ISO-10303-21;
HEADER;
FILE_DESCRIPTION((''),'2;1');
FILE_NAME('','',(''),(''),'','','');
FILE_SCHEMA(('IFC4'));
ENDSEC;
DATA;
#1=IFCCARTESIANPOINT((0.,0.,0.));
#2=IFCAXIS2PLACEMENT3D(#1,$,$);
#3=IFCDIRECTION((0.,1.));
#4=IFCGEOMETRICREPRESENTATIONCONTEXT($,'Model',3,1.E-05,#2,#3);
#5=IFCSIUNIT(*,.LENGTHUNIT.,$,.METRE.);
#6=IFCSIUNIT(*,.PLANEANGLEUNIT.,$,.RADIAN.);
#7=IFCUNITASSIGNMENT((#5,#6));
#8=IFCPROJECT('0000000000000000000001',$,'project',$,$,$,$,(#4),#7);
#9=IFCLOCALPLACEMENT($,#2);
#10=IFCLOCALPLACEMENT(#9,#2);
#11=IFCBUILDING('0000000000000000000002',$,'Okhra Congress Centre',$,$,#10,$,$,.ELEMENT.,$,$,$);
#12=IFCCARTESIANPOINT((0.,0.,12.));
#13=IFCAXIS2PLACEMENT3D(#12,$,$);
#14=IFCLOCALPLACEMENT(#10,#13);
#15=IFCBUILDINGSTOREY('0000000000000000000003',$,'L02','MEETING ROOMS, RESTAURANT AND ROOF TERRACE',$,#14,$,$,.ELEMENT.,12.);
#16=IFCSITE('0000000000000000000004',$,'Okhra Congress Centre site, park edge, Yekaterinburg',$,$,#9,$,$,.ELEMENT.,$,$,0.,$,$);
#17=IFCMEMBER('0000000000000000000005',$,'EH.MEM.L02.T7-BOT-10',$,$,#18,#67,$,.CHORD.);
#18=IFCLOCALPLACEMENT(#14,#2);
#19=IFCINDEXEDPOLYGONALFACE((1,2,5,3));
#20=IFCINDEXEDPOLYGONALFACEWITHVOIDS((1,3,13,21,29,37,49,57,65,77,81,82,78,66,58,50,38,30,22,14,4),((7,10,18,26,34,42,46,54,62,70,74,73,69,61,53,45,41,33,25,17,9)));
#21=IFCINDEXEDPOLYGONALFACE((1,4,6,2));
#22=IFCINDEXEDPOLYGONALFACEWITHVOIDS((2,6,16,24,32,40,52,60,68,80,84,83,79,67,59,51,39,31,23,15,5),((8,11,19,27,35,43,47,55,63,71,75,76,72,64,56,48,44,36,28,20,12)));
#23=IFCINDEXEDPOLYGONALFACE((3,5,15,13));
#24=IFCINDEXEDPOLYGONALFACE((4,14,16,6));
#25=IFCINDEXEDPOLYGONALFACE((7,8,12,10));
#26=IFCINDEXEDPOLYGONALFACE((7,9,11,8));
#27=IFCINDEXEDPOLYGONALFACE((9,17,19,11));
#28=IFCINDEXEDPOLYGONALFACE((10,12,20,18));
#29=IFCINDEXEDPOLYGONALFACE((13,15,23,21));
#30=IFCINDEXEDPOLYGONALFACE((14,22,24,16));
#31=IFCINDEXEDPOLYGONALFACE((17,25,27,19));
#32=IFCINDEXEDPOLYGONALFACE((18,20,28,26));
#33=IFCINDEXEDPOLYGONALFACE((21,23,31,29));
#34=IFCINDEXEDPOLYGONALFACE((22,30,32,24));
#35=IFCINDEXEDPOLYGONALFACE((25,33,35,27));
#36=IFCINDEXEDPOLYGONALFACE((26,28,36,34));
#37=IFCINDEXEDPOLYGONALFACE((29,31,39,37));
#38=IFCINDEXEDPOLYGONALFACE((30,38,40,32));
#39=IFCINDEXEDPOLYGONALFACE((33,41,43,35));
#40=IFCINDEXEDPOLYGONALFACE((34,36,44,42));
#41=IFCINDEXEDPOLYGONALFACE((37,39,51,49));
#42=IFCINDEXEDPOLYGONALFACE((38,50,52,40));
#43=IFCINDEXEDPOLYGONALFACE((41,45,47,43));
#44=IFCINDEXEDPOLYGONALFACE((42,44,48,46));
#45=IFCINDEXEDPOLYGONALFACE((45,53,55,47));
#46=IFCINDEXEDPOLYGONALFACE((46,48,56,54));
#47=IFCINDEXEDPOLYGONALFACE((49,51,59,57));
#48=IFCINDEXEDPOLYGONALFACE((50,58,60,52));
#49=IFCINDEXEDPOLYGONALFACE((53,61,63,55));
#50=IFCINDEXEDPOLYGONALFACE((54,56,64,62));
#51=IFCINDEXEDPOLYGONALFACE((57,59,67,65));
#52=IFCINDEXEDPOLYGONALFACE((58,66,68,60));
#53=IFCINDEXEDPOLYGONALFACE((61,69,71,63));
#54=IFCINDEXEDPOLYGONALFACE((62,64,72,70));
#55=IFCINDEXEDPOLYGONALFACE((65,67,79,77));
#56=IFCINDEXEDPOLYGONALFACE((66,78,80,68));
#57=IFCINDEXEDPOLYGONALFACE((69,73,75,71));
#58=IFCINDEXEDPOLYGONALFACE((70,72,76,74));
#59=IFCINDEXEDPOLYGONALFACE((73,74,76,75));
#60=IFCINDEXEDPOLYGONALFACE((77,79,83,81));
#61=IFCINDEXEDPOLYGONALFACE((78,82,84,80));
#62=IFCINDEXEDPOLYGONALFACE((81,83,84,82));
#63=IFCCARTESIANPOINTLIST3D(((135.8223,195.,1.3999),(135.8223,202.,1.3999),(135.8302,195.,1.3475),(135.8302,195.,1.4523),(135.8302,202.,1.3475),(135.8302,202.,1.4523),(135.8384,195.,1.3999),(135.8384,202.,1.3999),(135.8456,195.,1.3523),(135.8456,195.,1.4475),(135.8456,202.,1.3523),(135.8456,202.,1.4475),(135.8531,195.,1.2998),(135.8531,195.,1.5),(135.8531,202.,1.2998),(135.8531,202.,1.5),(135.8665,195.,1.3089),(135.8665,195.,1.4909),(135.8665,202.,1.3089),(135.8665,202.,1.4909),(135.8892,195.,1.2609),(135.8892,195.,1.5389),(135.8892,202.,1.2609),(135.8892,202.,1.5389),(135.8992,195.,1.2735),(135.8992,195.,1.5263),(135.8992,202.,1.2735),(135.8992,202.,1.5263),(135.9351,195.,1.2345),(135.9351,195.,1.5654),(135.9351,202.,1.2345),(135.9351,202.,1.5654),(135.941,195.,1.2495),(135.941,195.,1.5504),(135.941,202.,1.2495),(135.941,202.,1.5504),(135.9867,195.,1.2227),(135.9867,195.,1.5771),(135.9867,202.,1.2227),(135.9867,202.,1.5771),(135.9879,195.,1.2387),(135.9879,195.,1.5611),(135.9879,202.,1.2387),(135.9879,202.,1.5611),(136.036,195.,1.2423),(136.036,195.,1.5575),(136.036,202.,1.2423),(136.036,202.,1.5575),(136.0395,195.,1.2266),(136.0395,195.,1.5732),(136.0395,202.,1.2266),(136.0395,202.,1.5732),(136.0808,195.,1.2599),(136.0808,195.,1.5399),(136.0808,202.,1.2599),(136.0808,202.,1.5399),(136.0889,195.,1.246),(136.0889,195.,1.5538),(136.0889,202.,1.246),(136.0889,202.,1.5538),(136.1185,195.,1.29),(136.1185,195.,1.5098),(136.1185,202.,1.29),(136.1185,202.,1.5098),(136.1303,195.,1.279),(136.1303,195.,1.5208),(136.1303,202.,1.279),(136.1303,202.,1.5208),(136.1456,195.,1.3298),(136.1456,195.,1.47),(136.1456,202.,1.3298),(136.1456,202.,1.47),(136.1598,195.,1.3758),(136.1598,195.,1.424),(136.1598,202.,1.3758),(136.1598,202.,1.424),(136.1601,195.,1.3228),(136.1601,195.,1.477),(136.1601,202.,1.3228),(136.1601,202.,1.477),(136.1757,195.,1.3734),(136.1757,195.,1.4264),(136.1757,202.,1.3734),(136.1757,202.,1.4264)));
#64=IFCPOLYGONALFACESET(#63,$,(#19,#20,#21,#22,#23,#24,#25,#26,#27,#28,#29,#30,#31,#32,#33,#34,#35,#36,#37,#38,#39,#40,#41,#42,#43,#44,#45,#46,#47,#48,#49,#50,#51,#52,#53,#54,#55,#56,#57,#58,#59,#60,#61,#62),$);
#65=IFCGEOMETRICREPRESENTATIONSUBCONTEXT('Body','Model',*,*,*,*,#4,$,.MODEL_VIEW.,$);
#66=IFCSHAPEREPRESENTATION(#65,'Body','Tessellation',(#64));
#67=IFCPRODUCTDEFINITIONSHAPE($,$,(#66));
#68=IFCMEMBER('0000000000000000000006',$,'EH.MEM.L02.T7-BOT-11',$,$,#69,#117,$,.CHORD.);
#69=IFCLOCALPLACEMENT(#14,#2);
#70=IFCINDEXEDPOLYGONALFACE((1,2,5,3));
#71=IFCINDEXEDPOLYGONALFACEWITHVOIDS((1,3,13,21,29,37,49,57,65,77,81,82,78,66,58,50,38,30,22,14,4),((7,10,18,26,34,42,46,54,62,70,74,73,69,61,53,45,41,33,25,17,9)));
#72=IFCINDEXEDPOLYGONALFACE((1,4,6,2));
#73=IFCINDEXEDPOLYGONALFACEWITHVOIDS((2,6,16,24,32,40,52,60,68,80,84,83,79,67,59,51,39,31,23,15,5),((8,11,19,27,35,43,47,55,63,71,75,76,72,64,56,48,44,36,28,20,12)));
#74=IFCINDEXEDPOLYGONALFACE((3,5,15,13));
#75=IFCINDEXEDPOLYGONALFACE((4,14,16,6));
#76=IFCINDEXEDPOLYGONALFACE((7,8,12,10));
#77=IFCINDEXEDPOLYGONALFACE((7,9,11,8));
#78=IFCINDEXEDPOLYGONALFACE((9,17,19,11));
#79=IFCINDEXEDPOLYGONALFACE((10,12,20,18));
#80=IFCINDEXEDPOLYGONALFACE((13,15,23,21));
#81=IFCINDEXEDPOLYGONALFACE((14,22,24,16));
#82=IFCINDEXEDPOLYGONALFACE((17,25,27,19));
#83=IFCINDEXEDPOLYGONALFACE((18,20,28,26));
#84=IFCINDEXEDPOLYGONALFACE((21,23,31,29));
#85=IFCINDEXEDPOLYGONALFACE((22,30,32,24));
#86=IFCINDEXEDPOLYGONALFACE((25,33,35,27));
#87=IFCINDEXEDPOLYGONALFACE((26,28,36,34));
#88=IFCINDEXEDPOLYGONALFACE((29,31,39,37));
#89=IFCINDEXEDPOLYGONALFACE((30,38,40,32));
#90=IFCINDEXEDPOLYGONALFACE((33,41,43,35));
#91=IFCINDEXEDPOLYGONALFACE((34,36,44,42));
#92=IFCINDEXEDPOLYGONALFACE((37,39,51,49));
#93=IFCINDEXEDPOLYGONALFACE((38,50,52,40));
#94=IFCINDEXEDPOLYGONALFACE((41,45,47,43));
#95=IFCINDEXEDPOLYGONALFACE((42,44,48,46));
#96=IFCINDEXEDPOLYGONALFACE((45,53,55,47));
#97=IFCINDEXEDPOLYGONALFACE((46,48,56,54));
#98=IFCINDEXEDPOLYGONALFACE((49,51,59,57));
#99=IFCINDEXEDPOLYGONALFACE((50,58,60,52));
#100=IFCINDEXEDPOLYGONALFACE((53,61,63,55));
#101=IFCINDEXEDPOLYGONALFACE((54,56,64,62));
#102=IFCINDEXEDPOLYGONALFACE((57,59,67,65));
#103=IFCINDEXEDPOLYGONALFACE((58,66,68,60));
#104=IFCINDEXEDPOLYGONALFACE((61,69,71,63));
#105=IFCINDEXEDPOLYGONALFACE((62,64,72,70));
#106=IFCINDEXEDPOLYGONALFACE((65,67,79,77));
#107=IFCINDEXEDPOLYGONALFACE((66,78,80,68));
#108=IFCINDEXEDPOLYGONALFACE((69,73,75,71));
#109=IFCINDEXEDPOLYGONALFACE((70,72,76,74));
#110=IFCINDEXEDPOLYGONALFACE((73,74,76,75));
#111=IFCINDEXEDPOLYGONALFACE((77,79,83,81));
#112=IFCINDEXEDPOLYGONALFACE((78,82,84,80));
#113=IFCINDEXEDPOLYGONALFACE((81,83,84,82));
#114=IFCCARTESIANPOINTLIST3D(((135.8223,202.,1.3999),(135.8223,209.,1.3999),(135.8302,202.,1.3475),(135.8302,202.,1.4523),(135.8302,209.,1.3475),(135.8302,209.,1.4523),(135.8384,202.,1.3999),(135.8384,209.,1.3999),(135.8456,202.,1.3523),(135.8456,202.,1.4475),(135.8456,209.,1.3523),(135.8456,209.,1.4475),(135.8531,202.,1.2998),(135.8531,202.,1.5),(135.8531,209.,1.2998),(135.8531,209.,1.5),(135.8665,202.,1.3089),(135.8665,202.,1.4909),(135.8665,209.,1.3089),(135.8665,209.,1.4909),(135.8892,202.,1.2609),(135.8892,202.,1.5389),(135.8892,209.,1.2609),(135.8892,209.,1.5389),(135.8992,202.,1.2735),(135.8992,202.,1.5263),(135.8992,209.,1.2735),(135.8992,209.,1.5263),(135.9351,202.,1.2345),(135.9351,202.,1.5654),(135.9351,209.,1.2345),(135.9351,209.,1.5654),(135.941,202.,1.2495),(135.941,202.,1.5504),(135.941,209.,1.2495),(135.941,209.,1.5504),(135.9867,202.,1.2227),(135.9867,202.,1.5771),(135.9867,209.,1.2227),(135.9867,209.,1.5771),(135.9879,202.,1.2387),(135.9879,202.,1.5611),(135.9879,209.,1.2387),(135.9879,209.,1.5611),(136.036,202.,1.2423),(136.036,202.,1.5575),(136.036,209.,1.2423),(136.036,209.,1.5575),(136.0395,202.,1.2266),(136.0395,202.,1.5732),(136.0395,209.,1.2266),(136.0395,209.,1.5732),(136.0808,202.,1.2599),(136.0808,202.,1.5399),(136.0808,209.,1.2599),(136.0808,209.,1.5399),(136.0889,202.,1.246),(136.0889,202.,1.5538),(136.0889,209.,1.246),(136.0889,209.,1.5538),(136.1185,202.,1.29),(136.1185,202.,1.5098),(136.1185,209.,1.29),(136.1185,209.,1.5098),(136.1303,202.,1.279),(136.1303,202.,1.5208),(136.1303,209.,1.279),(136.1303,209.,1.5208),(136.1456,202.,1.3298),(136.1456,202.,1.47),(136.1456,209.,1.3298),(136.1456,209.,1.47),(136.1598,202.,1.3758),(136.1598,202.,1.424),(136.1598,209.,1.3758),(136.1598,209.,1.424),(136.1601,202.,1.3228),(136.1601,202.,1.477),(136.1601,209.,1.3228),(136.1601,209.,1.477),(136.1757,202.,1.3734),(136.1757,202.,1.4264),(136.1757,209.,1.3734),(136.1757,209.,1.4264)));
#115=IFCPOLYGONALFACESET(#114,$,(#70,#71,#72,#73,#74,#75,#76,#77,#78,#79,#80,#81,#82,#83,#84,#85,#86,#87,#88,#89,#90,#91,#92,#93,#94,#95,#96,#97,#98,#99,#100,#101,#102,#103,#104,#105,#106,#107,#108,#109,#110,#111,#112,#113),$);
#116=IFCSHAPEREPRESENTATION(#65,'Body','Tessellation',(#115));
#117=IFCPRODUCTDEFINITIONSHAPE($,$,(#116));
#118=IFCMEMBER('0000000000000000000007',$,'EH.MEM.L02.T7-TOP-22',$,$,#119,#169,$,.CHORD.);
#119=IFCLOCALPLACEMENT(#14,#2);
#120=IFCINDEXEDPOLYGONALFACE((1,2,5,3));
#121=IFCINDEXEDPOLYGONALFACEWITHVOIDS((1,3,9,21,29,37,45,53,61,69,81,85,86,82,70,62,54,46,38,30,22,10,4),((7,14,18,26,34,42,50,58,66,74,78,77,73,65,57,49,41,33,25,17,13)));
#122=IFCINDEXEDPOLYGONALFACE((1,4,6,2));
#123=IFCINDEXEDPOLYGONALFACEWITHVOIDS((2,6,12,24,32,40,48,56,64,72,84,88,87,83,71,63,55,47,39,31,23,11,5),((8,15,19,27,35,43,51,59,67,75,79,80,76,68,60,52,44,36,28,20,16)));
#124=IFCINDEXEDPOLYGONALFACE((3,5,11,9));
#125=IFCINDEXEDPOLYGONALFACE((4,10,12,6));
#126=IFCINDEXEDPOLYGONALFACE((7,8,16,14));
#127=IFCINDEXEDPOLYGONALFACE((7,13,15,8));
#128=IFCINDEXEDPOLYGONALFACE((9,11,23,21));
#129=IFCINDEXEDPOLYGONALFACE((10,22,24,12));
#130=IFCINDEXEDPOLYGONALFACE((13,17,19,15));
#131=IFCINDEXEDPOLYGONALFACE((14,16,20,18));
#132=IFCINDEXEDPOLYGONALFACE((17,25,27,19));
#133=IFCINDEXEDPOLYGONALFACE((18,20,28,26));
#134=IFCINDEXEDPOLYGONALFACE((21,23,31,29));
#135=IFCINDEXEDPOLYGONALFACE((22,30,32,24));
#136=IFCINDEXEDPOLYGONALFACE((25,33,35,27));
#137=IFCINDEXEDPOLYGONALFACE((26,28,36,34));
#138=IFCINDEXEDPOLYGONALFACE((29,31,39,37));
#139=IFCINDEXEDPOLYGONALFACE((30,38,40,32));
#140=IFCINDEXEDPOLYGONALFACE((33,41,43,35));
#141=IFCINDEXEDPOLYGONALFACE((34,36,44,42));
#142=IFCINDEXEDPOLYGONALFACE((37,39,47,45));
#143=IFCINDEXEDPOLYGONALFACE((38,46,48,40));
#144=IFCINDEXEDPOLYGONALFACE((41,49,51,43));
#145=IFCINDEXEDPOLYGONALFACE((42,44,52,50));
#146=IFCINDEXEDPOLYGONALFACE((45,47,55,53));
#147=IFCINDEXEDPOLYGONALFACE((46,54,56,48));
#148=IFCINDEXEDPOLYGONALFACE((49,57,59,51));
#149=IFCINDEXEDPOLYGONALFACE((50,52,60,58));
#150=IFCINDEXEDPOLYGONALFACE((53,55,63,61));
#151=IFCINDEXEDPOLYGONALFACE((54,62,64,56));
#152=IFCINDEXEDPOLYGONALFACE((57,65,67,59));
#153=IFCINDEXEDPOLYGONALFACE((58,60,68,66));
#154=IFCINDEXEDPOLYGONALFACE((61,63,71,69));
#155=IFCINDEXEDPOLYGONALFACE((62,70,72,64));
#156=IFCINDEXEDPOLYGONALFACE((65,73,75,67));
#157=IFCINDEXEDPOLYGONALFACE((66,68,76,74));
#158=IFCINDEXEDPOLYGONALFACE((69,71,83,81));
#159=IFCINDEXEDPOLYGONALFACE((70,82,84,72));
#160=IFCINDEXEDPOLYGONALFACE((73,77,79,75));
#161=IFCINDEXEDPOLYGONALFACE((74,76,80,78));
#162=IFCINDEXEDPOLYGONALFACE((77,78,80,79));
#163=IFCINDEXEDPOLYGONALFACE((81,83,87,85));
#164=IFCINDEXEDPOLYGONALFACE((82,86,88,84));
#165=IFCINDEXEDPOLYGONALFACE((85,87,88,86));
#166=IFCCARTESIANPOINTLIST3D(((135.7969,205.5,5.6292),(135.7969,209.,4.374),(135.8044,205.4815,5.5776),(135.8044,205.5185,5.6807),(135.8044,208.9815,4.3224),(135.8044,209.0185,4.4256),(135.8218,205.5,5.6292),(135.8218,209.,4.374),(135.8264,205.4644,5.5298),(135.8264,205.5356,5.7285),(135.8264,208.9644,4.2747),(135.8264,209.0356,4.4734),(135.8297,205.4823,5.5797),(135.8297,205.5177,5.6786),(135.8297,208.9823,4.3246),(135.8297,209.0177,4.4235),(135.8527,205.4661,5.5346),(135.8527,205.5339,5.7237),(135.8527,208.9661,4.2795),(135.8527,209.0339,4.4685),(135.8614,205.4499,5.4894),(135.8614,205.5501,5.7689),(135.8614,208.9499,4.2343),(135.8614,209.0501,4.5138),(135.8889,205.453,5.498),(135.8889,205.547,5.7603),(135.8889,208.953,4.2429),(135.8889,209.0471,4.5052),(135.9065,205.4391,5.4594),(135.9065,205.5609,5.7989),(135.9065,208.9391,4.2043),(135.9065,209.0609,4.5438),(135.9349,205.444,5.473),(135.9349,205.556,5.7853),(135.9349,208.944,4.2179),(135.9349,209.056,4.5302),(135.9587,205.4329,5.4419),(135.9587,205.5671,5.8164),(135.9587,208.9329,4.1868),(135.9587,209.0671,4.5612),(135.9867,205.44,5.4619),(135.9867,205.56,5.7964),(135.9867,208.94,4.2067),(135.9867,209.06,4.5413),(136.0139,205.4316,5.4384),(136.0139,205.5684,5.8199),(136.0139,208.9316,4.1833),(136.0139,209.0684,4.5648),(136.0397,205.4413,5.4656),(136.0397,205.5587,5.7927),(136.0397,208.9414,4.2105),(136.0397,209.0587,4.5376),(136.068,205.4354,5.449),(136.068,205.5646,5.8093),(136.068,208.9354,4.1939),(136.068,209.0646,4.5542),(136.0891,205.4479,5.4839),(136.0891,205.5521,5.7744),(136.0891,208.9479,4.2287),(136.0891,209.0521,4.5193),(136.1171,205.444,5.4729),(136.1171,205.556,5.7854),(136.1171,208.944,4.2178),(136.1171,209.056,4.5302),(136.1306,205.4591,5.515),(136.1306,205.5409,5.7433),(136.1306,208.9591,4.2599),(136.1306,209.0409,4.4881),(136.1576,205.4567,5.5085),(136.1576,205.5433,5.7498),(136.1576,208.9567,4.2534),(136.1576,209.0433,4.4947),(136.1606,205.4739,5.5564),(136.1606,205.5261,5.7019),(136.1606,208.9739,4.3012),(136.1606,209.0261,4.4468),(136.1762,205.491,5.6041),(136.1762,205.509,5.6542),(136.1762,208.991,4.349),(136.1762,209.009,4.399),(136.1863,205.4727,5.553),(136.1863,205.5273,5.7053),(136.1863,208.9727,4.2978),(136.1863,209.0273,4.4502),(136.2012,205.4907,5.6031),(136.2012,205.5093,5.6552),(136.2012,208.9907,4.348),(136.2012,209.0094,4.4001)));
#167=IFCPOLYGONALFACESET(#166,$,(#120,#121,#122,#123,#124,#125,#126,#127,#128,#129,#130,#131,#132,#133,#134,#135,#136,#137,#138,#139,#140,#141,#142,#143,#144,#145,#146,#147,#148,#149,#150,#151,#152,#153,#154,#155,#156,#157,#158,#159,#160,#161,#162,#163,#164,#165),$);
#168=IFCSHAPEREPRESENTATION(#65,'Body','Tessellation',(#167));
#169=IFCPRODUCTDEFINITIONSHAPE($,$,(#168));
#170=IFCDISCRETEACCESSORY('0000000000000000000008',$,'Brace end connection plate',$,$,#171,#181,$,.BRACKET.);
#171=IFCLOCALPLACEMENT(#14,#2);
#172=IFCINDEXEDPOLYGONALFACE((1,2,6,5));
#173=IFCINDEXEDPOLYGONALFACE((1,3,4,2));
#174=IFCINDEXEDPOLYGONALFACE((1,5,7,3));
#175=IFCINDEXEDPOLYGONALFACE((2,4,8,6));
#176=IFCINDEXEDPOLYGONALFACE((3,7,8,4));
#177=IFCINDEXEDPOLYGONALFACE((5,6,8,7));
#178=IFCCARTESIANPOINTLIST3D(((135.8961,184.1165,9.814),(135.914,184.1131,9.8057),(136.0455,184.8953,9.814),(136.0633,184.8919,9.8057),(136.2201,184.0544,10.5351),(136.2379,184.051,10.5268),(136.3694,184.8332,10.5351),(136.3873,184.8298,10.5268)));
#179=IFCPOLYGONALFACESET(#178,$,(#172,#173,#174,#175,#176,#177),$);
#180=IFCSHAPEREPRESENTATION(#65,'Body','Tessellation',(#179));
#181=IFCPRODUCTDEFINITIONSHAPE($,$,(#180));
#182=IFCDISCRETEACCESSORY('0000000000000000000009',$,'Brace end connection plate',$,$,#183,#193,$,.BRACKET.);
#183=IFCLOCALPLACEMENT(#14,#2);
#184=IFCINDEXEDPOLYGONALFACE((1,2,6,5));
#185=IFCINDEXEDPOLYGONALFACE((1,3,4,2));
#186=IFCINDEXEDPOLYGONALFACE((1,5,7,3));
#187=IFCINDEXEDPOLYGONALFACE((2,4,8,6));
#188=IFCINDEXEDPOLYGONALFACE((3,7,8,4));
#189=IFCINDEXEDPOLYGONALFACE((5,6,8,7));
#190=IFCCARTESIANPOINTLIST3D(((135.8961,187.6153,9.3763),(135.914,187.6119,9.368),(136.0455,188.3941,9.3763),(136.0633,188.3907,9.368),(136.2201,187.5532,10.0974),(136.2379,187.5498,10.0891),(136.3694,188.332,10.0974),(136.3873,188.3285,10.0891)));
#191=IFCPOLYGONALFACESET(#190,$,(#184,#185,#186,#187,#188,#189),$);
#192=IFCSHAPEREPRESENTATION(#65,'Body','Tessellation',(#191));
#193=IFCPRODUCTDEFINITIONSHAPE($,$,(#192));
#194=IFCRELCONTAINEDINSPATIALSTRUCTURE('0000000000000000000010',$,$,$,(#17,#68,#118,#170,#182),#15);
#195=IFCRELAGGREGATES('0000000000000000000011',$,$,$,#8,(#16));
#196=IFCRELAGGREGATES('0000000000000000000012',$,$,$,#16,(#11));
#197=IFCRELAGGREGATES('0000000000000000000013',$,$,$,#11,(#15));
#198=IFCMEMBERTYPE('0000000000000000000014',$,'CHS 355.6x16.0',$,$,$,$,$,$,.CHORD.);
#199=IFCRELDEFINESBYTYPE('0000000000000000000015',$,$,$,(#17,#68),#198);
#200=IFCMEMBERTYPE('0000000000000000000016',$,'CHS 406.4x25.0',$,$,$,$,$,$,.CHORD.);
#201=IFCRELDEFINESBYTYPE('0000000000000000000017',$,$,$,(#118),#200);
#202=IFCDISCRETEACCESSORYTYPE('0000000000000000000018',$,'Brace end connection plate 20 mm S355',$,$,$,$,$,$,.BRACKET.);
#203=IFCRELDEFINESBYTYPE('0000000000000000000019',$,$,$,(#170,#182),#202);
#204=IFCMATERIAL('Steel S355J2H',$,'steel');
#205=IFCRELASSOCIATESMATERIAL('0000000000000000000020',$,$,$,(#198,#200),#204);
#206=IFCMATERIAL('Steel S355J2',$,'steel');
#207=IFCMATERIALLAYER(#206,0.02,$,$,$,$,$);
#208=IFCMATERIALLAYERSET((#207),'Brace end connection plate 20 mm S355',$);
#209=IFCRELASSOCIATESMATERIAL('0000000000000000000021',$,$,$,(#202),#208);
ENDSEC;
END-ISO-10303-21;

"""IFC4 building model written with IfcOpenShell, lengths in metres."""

from ifc_helpers import new_model, si_unit, direction, frame, origin, origin_2d, place, context, subcontext, project, spatial, rectangle, hollow_circle, extrude, material, layer, layer_set, material_profile, profile_set, type_object, element, save


model = new_model("IFC4")

# Units and contexts
model_context = context("Model", 3, precision=1e-05, world=origin(), true_north=direction((0.0, 1.0)))
body_context = subcontext(model_context, "Body", "Model", "MODEL_VIEW")
ifc_project = project(units=[si_unit("LENGTHUNIT", "METRE"), si_unit("PLANEANGLEUNIT", "RADIAN")], contexts=[model_context])

# Site, building, storey
site_placement = place(None, origin())
site = spatial("IfcSite", under=ifc_project, at=site_placement, Name="Okhra Congress Centre site, park edge, Yekaterinburg", CompositionType="ELEMENT", RefElevation=0.0)
building_placement = place(site_placement, origin())
building = spatial("IfcBuilding", under=site, at=building_placement, Name="Okhra Congress Centre", CompositionType="ELEMENT")
storey_placement = place(building_placement, frame((0.0, 0.0, 12.0)))
storey = spatial("IfcBuildingStorey", under=building, at=storey_placement, Name="L02", Description="MEETING ROOMS, RESTAURANT AND ROOF TERRACE", CompositionType="ELEMENT", Elevation=12.0)

# Shared definitions
ifc_material_1 = material(Name="Steel S355J2", Category="steel")

# Members
ifc_material_2 = material(Name="Steel S355J2H", Category="steel")
ifc_material_profile_1 = material_profile(ifc_material_2, hollow_circle(Radius=0.1777, WallThickness=0.0161, at=origin_2d()), Name="CHS 355.6x16.0")
ifc_profile_set_1 = profile_set([ifc_material_profile_1], Name="Steel S355J2H")
member_type_1 = type_object("IfcMemberType", Name="CHS 355.6x16.0", PredefinedType="CHORD", material=ifc_profile_set_1)
for number, where, z_axis, x_axis, name in (
    (1, (136.0, 195.0, 1.3999), (0.0, 1.0, 0.0), (-1.0, 0.0, 0.0), "EH.MEM.L02.T7-BOT-10"),
    (2, (136.0, 202.0, 1.3999), (0.0, 1.0, 0.0), (-1.0, 0.0, 0.0), "EH.MEM.L02.T7-BOT-11"),
):
    element("IfcMember", number, at=place(storey_placement, frame(where, z_axis=z_axis, x_axis=x_axis)), inside=storey, type_object=member_type_1, Name=name, PredefinedType="CHORD", context=body_context, shape_type="SweptSolid", body=[
        extrude(hollow_circle(Radius=0.1777, WallThickness=0.0161, at=origin_2d()), origin(), (0.0, 0.0, 1.0), 7.0),
    ])
ifc_material_profile_2 = material_profile(ifc_material_2, hollow_circle(Radius=0.2031, WallThickness=0.0249, at=origin_2d()), Name="CHS 406.4x25.0")
ifc_profile_set_2 = profile_set([ifc_material_profile_2], Name="Steel S355J2H")
member_type_2 = type_object("IfcMemberType", Name="CHS 406.4x25.0", PredefinedType="CHORD", material=ifc_profile_set_2)
member_1_placement = place(storey_placement, frame((136.0, 205.5, 5.6292), z_axis=(0.0, 0.941304, -0.337559), x_axis=(-1.0, 0.0, 0.0)))
element("IfcMember", 3, at=member_1_placement, inside=storey, type_object=member_type_2, Name="EH.MEM.L02.T7-TOP-22", PredefinedType="CHORD", context=body_context, shape_type="SweptSolid", body=[
    extrude(hollow_circle(Radius=0.2031, WallThickness=0.0249, at=origin_2d()), origin(), (0.0, 0.0, 1.0), 3.7183),
])

# Discrete accessories
ifc_layer = layer(ifc_material_1, 0.02)
ifc_layer_set = layer_set([ifc_layer], Name="Brace end connection plate 20 mm S355")
discrete_accessory_type = type_object("IfcDiscreteAccessoryType", Name="Brace end connection plate 20 mm S355", PredefinedType="BRACKET", material=ifc_layer_set)
for number, where, z_axis, x_axis, name in (
    (4, (136.1506, 184.4714, 10.1663), (-0.893104, 0.17128, 0.415966), (-0.188348, -0.982102, 0.0), "Brace end connection plate"),
    (5, (136.1506, 187.9702, 9.7285), (-0.893104, 0.17128, 0.415966), (-0.188348, -0.982102, 0.0), "Brace end connection plate"),
):
    element("IfcDiscreteAccessory", number, at=place(storey_placement, frame(where, z_axis=z_axis, x_axis=x_axis)), inside=storey, type_object=discrete_accessory_type, Name=name, PredefinedType="BRACKET", context=body_context, shape_type="SweptSolid", body=[
        extrude(rectangle(XDim=0.793, YDim=0.793, at=origin_2d()), origin(), (0.0, 0.0, 1.0), 0.02),
    ])

save(model, "model.ifc")
